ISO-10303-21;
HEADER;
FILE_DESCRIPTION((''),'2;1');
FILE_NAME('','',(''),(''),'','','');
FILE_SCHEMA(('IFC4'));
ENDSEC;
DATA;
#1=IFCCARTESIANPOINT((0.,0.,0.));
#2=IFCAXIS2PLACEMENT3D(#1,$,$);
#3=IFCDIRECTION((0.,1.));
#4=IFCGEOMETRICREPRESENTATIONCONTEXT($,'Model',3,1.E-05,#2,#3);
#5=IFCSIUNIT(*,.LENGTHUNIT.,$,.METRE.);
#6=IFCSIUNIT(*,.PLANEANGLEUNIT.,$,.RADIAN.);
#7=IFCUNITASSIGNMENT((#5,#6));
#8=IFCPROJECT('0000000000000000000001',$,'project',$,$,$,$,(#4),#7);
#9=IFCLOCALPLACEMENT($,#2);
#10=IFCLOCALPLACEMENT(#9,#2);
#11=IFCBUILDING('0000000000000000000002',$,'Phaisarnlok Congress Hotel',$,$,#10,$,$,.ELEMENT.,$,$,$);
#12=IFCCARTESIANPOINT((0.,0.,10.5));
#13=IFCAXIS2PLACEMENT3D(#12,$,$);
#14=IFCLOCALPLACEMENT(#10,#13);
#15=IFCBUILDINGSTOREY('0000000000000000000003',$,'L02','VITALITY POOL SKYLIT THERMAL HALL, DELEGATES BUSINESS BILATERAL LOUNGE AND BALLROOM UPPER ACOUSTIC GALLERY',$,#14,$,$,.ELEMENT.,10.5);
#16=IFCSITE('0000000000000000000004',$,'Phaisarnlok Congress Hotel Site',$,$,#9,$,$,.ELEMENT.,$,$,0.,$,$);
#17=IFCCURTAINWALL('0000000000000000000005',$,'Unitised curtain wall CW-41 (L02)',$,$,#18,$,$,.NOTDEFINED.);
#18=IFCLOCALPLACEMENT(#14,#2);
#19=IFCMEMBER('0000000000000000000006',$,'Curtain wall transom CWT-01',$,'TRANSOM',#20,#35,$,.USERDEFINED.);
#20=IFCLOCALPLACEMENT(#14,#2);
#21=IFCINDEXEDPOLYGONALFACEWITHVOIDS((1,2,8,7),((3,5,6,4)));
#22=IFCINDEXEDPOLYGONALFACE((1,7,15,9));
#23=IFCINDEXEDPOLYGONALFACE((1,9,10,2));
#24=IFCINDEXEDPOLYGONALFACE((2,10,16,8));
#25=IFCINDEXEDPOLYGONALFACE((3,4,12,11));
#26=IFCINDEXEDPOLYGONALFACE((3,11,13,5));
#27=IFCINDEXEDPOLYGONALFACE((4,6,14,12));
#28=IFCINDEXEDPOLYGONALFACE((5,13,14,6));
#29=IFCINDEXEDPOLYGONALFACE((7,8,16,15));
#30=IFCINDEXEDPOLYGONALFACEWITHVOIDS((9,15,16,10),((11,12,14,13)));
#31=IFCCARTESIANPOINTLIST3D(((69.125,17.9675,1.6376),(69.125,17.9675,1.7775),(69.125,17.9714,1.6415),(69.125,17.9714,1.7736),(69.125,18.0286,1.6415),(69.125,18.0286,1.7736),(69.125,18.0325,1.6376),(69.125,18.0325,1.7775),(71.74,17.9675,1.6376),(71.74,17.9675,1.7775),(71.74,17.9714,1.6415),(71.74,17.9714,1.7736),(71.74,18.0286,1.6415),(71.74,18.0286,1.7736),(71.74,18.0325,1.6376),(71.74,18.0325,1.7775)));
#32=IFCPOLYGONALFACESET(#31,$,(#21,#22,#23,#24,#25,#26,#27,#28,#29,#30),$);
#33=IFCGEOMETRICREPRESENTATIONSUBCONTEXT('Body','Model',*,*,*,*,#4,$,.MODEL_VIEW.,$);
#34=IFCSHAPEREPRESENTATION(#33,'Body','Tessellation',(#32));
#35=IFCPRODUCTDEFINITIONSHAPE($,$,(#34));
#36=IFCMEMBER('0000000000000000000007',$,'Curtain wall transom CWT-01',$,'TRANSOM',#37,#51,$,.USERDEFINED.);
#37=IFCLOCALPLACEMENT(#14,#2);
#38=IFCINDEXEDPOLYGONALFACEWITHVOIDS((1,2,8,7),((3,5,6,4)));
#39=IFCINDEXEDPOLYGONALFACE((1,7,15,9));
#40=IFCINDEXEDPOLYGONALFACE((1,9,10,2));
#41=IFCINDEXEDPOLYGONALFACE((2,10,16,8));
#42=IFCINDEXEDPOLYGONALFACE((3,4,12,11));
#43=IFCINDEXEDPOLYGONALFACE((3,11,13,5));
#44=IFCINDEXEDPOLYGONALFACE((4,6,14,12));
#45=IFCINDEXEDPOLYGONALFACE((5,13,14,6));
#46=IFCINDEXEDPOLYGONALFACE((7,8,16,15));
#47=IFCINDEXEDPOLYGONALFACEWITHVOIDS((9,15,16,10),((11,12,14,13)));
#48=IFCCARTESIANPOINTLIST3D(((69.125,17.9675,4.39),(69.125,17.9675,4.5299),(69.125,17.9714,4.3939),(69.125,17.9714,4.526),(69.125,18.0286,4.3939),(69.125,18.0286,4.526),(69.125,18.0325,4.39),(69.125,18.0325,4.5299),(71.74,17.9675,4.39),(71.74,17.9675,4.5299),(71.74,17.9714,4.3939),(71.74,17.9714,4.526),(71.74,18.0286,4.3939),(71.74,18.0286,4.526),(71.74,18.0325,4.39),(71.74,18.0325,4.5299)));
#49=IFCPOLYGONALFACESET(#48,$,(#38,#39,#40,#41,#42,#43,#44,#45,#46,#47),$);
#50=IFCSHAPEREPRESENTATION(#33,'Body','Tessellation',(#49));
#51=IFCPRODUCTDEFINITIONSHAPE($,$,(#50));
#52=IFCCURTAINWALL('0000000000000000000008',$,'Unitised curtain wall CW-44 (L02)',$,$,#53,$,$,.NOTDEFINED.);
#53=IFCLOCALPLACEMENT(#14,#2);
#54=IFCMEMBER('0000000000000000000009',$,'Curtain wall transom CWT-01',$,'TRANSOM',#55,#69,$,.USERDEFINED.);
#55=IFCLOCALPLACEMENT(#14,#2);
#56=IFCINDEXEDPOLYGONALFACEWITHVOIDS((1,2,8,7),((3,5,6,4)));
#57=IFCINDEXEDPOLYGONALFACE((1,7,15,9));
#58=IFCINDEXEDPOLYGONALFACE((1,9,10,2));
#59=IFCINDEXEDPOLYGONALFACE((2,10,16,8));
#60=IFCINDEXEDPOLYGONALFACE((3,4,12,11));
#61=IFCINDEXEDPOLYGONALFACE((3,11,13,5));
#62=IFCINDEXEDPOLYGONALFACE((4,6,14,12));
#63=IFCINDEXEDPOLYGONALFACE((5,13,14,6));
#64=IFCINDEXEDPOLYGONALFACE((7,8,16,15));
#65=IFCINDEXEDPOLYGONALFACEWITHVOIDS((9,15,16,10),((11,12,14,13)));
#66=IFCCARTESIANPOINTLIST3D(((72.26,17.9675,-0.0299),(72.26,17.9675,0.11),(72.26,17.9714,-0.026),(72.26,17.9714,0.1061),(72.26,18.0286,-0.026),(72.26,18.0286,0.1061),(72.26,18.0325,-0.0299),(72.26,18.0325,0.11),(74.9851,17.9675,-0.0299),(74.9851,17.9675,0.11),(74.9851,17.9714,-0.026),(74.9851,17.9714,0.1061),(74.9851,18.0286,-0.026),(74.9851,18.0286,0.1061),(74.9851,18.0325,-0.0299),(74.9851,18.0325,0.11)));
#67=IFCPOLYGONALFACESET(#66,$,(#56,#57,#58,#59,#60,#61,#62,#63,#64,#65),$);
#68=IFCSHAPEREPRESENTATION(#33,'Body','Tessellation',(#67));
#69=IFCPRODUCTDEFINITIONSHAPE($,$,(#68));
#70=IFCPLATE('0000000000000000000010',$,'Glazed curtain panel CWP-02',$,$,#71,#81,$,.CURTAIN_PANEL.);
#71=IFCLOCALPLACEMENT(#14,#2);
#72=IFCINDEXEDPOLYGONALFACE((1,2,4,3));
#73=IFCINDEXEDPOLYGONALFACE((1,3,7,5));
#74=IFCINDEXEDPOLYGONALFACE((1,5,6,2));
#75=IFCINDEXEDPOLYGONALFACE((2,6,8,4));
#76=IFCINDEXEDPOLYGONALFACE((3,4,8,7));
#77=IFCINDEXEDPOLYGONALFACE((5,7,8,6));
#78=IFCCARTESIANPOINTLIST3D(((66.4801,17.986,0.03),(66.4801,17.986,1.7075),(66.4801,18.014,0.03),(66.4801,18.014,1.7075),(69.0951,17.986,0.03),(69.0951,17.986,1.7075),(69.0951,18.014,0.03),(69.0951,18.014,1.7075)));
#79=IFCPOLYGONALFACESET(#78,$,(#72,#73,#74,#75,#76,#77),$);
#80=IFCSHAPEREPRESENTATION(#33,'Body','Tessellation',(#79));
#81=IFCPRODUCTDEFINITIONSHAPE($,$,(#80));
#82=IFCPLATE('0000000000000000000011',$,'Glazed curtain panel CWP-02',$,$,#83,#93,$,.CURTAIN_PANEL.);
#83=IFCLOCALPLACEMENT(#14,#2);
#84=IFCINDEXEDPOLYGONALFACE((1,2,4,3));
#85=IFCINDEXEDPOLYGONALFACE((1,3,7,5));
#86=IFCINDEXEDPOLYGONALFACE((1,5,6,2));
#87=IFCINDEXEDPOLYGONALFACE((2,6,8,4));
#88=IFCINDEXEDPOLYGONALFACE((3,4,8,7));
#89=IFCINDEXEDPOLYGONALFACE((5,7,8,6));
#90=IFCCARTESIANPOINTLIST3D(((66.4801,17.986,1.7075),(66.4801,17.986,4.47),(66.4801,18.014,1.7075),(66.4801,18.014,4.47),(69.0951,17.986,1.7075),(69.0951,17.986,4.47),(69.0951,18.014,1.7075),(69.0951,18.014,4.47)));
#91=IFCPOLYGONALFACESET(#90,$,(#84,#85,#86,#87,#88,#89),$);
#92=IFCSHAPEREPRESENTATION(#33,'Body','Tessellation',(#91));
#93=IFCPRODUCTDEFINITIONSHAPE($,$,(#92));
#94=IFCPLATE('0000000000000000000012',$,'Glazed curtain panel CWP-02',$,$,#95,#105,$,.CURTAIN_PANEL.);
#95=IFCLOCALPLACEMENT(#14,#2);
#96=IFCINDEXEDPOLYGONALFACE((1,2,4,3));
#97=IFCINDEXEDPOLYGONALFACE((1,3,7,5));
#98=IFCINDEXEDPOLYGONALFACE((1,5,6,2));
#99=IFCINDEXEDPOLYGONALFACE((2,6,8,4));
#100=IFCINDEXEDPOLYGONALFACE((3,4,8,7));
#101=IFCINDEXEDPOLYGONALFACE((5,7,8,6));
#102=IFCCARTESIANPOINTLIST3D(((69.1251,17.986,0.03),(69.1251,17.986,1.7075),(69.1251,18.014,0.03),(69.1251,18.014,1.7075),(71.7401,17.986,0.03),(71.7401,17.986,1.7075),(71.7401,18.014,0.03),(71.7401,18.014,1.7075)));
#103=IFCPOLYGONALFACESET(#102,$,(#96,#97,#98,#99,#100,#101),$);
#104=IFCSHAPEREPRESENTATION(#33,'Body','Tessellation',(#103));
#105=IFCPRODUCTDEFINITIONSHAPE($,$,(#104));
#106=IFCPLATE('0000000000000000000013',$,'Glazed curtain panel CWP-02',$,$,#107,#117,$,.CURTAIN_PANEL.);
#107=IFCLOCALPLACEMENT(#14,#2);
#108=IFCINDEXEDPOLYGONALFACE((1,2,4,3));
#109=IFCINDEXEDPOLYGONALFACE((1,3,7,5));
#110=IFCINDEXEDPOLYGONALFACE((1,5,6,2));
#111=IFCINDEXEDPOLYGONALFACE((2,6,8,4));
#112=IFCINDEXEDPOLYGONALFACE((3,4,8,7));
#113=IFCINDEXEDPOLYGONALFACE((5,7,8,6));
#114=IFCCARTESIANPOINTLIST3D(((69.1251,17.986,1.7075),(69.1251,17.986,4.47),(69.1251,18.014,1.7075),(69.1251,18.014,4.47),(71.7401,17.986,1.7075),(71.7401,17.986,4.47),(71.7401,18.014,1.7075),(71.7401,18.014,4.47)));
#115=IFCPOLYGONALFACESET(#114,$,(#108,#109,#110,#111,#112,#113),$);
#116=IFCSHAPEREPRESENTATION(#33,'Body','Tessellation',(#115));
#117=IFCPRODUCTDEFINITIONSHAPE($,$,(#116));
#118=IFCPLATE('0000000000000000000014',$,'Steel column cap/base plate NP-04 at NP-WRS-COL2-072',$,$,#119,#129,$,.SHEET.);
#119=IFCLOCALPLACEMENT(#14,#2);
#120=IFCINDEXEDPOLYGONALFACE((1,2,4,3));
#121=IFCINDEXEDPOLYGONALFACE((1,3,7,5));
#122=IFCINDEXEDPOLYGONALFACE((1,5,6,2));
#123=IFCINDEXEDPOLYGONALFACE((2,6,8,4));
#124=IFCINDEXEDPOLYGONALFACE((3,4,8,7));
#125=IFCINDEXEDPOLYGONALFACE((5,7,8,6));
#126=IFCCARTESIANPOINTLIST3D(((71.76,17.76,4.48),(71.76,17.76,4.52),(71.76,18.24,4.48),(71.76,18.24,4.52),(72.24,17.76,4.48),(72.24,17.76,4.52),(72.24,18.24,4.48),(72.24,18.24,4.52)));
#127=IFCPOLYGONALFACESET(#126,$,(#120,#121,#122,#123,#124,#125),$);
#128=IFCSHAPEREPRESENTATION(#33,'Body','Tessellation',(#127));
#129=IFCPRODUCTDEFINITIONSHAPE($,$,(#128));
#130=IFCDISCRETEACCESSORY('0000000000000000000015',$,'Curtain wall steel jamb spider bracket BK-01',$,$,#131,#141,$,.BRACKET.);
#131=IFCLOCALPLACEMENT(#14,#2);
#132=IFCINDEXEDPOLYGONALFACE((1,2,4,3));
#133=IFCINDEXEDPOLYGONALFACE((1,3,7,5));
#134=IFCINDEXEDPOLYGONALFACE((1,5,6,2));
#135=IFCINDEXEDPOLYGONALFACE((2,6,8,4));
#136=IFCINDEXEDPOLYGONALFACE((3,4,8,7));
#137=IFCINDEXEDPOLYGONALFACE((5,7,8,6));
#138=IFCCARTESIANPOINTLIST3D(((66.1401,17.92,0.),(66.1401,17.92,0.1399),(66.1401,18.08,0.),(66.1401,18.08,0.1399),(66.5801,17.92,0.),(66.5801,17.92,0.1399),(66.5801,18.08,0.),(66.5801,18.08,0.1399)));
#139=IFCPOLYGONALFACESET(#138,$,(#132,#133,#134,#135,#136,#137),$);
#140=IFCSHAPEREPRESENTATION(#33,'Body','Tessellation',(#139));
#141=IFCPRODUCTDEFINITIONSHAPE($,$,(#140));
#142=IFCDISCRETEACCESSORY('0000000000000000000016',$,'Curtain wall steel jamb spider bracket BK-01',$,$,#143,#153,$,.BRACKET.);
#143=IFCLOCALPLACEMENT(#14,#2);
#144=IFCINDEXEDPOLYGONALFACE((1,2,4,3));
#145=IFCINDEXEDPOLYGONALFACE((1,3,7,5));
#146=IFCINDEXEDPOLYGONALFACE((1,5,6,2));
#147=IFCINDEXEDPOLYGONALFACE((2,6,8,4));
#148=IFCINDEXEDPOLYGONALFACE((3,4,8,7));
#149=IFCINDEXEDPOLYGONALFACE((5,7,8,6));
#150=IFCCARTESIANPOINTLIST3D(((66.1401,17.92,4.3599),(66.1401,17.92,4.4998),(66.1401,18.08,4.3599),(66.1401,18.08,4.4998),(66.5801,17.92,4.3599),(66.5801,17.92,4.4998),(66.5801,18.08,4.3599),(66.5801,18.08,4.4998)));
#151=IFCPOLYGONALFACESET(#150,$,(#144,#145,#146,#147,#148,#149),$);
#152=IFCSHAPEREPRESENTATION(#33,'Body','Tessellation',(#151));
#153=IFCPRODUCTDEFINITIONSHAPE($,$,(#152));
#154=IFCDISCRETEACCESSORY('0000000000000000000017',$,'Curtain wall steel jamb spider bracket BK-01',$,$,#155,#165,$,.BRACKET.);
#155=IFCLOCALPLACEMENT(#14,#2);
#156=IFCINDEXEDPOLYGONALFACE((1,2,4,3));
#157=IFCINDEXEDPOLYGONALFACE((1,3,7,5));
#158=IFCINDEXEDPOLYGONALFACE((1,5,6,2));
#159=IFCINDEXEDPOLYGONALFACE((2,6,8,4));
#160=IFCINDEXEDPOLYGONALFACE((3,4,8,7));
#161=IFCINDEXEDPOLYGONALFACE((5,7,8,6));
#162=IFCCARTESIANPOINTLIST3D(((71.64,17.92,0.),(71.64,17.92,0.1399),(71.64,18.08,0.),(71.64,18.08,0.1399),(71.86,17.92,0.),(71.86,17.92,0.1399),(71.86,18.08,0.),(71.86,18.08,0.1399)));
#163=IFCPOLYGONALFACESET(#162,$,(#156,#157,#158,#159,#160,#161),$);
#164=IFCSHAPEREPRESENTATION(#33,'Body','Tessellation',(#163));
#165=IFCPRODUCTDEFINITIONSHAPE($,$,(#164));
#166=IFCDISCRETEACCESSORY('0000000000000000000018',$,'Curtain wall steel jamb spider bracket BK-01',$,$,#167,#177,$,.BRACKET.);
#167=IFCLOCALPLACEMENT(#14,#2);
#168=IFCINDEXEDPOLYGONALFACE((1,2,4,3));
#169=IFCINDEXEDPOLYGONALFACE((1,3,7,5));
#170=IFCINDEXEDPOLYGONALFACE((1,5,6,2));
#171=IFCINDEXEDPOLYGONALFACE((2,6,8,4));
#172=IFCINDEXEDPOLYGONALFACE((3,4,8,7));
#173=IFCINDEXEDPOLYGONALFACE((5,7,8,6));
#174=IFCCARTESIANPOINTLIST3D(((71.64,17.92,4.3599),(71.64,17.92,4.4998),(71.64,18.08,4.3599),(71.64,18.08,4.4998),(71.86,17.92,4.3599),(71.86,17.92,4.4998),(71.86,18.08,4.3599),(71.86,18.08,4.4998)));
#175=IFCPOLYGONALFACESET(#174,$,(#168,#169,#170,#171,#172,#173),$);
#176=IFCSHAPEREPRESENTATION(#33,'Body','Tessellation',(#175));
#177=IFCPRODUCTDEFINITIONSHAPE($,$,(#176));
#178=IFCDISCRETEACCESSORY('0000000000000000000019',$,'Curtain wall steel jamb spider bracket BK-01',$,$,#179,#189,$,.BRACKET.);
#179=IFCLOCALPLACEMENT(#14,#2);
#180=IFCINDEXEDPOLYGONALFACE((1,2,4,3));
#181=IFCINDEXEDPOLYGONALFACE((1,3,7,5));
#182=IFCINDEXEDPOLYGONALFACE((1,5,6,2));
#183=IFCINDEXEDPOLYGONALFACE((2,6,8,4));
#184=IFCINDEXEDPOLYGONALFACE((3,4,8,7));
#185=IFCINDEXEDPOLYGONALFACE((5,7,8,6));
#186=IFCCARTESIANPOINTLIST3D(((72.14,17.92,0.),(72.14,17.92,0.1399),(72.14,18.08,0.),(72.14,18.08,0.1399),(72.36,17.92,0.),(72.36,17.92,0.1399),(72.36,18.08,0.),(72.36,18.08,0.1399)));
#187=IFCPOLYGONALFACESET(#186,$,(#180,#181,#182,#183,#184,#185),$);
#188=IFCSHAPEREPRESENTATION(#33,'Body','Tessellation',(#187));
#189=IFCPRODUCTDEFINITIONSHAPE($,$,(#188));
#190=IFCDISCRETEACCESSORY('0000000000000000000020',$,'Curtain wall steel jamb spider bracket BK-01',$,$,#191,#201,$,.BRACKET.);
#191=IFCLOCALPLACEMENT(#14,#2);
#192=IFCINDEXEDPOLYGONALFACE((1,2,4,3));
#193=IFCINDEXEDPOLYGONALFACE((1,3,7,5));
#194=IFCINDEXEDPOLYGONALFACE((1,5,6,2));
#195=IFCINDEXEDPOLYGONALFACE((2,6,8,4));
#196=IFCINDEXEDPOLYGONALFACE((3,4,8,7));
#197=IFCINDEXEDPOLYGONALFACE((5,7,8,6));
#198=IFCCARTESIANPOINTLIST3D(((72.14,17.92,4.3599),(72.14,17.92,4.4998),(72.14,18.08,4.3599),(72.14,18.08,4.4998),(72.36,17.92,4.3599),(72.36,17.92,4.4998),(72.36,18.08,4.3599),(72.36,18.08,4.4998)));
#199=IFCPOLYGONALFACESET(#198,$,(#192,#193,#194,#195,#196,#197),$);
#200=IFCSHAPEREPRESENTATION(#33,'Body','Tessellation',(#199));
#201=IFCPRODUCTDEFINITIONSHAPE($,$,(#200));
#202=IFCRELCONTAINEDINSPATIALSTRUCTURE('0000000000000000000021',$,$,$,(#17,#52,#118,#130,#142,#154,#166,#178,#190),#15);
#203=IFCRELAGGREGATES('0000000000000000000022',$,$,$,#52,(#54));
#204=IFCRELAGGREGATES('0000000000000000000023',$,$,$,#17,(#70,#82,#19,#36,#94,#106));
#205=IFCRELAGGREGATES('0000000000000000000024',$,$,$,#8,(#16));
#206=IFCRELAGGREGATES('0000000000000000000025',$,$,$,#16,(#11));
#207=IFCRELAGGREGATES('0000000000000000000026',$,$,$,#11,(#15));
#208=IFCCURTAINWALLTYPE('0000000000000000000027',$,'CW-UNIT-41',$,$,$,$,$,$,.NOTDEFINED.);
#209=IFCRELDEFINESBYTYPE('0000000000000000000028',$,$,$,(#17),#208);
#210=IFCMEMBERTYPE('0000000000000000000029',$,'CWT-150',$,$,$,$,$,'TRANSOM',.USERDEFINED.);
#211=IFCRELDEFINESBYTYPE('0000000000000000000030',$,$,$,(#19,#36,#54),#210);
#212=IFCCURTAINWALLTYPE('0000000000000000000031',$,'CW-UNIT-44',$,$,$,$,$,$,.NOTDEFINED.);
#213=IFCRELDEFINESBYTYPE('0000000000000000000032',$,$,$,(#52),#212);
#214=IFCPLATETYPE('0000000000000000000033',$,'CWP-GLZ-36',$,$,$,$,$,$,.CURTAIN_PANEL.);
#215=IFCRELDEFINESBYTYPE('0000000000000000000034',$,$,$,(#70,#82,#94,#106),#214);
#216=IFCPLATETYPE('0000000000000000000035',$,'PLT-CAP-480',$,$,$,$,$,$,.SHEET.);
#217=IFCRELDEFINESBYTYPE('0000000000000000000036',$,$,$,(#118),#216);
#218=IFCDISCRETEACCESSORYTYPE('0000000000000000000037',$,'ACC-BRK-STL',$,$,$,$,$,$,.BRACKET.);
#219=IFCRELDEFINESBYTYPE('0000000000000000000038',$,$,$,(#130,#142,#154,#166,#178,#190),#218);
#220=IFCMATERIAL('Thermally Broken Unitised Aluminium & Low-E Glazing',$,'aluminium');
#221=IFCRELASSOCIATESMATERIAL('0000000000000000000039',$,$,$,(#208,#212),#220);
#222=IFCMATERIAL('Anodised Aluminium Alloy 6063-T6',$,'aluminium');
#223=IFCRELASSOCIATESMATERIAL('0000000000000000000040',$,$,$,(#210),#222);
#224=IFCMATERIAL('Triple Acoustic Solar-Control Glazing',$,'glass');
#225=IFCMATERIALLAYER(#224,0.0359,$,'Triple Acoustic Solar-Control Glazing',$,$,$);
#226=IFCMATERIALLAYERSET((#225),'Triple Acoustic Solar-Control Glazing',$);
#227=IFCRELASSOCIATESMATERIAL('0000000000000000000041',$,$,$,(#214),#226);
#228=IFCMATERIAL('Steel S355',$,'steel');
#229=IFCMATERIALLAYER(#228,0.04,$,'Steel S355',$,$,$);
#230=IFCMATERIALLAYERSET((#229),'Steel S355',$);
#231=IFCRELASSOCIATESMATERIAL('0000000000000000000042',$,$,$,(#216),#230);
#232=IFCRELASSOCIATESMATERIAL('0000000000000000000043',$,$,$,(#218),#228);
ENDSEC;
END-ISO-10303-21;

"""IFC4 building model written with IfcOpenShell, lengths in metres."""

from ifc_helpers import new_model, si_unit, direction, frame, frame_2d, origin, origin_2d, place, context, subcontext, project, spatial, rectangle, hollow_rectangle, extrude, material, layer, layer_set, material_profile, profile_set, type_object, element, aggregate, save


model = new_model("IFC4")

# Units and contexts
model_context = context("Model", 3, precision=1e-05, world=origin(), true_north=direction((0.0, 1.0)))
body_context = subcontext(model_context, "Body", "Model", "MODEL_VIEW")
ifc_project = project(units=[si_unit("LENGTHUNIT", "METRE"), si_unit("PLANEANGLEUNIT", "RADIAN")], contexts=[model_context])

# Site, building, storey
site_placement = place(None, origin())
site = spatial("IfcSite", under=ifc_project, at=site_placement, Name="Phaisarnlok Congress Hotel Site", CompositionType="ELEMENT", RefElevation=0.0)
building_placement = place(site_placement, origin())
building = spatial("IfcBuilding", under=site, at=building_placement, Name="Phaisarnlok Congress Hotel", CompositionType="ELEMENT")
storey_placement = place(building_placement, frame((0.0, 0.0, 10.5)))
storey = spatial("IfcBuildingStorey", under=building, at=storey_placement, Name="L02", Description="VITALITY POOL SKYLIT THERMAL HALL, DELEGATES BUSINESS BILATERAL LOUNGE AND BALLROOM UPPER ACOUSTIC GALLERY", CompositionType="ELEMENT", Elevation=10.5)

# Shared definitions
ifc_material_1 = material(Name="Steel S355", Category="steel")

# Curtain wall, members
ifc_material_2 = material(Name="Thermally Broken Unitised Aluminium & Low-E Glazing", Category="aluminium")
curtain_wall_type_1 = type_object("IfcCurtainWallType", Name="CW-UNIT-41", PredefinedType="NOTDEFINED", material=ifc_material_2)
curtain_wall_1_placement = place(storey_placement, origin())
curtain_wall_1 = element("IfcCurtainWall", 1, at=curtain_wall_1_placement, inside=storey, type_object=curtain_wall_type_1, Name="Unitised curtain wall CW-41 (L02)", PredefinedType="NOTDEFINED")
ifc_material_3 = material(Name="Anodised Aluminium Alloy 6063-T6", Category="aluminium")
ifc_material_profile_1 = material_profile(ifc_material_3, hollow_rectangle(XDim=0.0649, YDim=0.1399, WallThickness=0.0039, at=origin_2d()), Name="ALU-T 65x140x4")
ifc_profile_set_1 = profile_set([ifc_material_profile_1], Name="Anodised Aluminium Alloy 6063-T6")
member_type_1 = type_object("IfcMemberType", Name="CWT-150", ElementType="TRANSOM", PredefinedType="USERDEFINED", material=ifc_profile_set_1)
member_1_placement = place(storey_placement, frame((69.125, 18.0, 1.7075), z_axis=(1.0, 0.0, 0.0), x_axis=(0.0, 1.0, 0.0)))
member_1 = element("IfcMember", 2, at=member_1_placement, type_object=member_type_1, Name="Curtain wall transom CWT-01", ObjectType="TRANSOM", PredefinedType="USERDEFINED", context=body_context, shape_type="SweptSolid", body=[
    extrude(hollow_rectangle(XDim=0.0649, YDim=0.1399, WallThickness=0.0039, at=origin_2d()), origin(), (0.0, 0.0, 1.0), 2.615),
])
member_2_placement = place(storey_placement, frame((69.125, 18.0, 4.46), z_axis=(1.0, 0.0, 0.0), x_axis=(0.0, 1.0, 0.0)))
member_2 = element("IfcMember", 3, at=member_2_placement, type_object=member_type_1, Name="Curtain wall transom CWT-01", ObjectType="TRANSOM", PredefinedType="USERDEFINED", context=body_context, shape_type="SweptSolid", body=[
    extrude(hollow_rectangle(XDim=0.0649, YDim=0.1399, WallThickness=0.0039, at=origin_2d()), origin(), (0.0, 0.0, 1.0), 2.615),
])

# Curtain wall, member
curtain_wall_type_2 = type_object("IfcCurtainWallType", Name="CW-UNIT-44", PredefinedType="NOTDEFINED", material=ifc_material_2)
curtain_wall_2_placement = place(storey_placement, origin())
curtain_wall_2 = element("IfcCurtainWall", 4, at=curtain_wall_2_placement, inside=storey, type_object=curtain_wall_type_2, Name="Unitised curtain wall CW-44 (L02)", PredefinedType="NOTDEFINED")
member_3_placement = place(storey_placement, frame((72.26, 18.0, 0.04), z_axis=(1.0, 0.0, 0.0), x_axis=(0.0, 1.0, 0.0)))
member_3 = element("IfcMember", 5, at=member_3_placement, type_object=member_type_1, Name="Curtain wall transom CWT-01", ObjectType="TRANSOM", PredefinedType="USERDEFINED", context=body_context, shape_type="SweptSolid", body=[
    extrude(hollow_rectangle(XDim=0.0649, YDim=0.1399, WallThickness=0.0039, at=origin_2d()), origin(), (0.0, 0.0, 1.0), 2.7251),
])
aggregate(curtain_wall_2, [member_3])

# Plates
ifc_material_4 = material(Name="Triple Acoustic Solar-Control Glazing", Category="glass")
ifc_layer_1 = layer(ifc_material_4, 0.0359, Name="Triple Acoustic Solar-Control Glazing")
ifc_layer_set_1 = layer_set([ifc_layer_1], Name="Triple Acoustic Solar-Control Glazing")
plate_type_1 = type_object("IfcPlateType", Name="CWP-GLZ-36", PredefinedType="CURTAIN_PANEL", material=ifc_layer_set_1)
plate_1_placement = place(storey_placement, frame((66.48, 18.0, 0.03), z_axis=(0.0, 0.0, 1.0), x_axis=(1.0, 0.0, 0.0)))
plate_1 = element("IfcPlate", 6, at=plate_1_placement, type_object=plate_type_1, Name="Glazed curtain panel CWP-02", PredefinedType="CURTAIN_PANEL", context=body_context, shape_type="SweptSolid", body=[
    extrude(rectangle(XDim=2.615, YDim=0.0281, at=frame_2d((1.3076, 0.0))), origin(), (0.0, 0.0, 1.0), 1.6775),
])
plate_2_placement = place(storey_placement, frame((66.48, 18.0, 1.7075), z_axis=(0.0, 0.0, 1.0), x_axis=(1.0, 0.0, 0.0)))
plate_2 = element("IfcPlate", 7, at=plate_2_placement, type_object=plate_type_1, Name="Glazed curtain panel CWP-02", PredefinedType="CURTAIN_PANEL", context=body_context, shape_type="SweptSolid", body=[
    extrude(rectangle(XDim=2.615, YDim=0.0281, at=frame_2d((1.3076, 0.0))), origin(), (0.0, 0.0, 1.0), 2.7625),
])
plate_3_placement = place(storey_placement, frame((69.125, 18.0, 0.03), z_axis=(0.0, 0.0, 1.0), x_axis=(1.0, 0.0, 0.0)))
plate_3 = element("IfcPlate", 8, at=plate_3_placement, type_object=plate_type_1, Name="Glazed curtain panel CWP-02", PredefinedType="CURTAIN_PANEL", context=body_context, shape_type="SweptSolid", body=[
    extrude(rectangle(XDim=2.615, YDim=0.0281, at=frame_2d((1.3076, 0.0))), origin(), (0.0, 0.0, 1.0), 1.6775),
])
plate_4_placement = place(storey_placement, frame((69.125, 18.0, 1.7075), z_axis=(0.0, 0.0, 1.0), x_axis=(1.0, 0.0, 0.0)))
plate_4 = element("IfcPlate", 9, at=plate_4_placement, type_object=plate_type_1, Name="Glazed curtain panel CWP-02", PredefinedType="CURTAIN_PANEL", context=body_context, shape_type="SweptSolid", body=[
    extrude(rectangle(XDim=2.615, YDim=0.0281, at=frame_2d((1.3076, 0.0))), origin(), (0.0, 0.0, 1.0), 2.7625),
])
aggregate(curtain_wall_1, [plate_1, plate_2, member_1, member_2, plate_3, plate_4])
ifc_layer_2 = layer(ifc_material_1, 0.04, Name="Steel S355")
ifc_layer_set_2 = layer_set([ifc_layer_2], Name="Steel S355")
plate_type_2 = type_object("IfcPlateType", Name="PLT-CAP-480", PredefinedType="SHEET", material=ifc_layer_set_2)
plate_5_placement = place(storey_placement, frame((72.0, 18.0, 4.48), z_axis=(0.0, 0.0, 1.0), x_axis=(1.0, 0.0, 0.0)))
element("IfcPlate", 10, at=plate_5_placement, inside=storey, type_object=plate_type_2, Name="Steel column cap/base plate NP-04 at NP-WRS-COL2-072", PredefinedType="SHEET", context=body_context, shape_type="SweptSolid", body=[
    extrude(rectangle(XDim=0.48, YDim=0.48, at=origin_2d()), origin(), (0.0, 0.0, 1.0), 0.04),
])

# Discrete accessories
discrete_accessory_type = type_object("IfcDiscreteAccessoryType", Name="ACC-BRK-STL", PredefinedType="BRACKET", material=ifc_material_1)
for number, where, z_axis, x_axis, name in (
    (11, (66.3601, 18.0, 0.0), (0.0, 0.0, 1.0), (1.0, 0.0, 0.0), "Curtain wall steel jamb spider bracket BK-01"),
    (12, (66.3601, 18.0, 4.3599), (0.0, 0.0, 1.0), (1.0, 0.0, 0.0), "Curtain wall steel jamb spider bracket BK-01"),
):
    element("IfcDiscreteAccessory", number, at=place(storey_placement, frame(where, z_axis=z_axis, x_axis=x_axis)), inside=storey, type_object=discrete_accessory_type, Name=name, PredefinedType="BRACKET", context=body_context, shape_type="SweptSolid", body=[
        extrude(rectangle(XDim=0.4399, YDim=0.1599, at=origin_2d()), origin(), (0.0, 0.0, 1.0), 0.1399),
    ])
for number, where, z_axis, x_axis, name in (
    (13, (71.75, 18.0, 0.0), (0.0, 0.0, 1.0), (1.0, 0.0, 0.0), "Curtain wall steel jamb spider bracket BK-01"),
    (14, (71.75, 18.0, 4.3599), (0.0, 0.0, 1.0), (1.0, 0.0, 0.0), "Curtain wall steel jamb spider bracket BK-01"),
    (15, (72.25, 18.0, 0.0), (0.0, 0.0, 1.0), (1.0, 0.0, 0.0), "Curtain wall steel jamb spider bracket BK-01"),
    (16, (72.25, 18.0, 4.3599), (0.0, 0.0, 1.0), (1.0, 0.0, 0.0), "Curtain wall steel jamb spider bracket BK-01"),
):
    element("IfcDiscreteAccessory", number, at=place(storey_placement, frame(where, z_axis=z_axis, x_axis=x_axis)), inside=storey, type_object=discrete_accessory_type, Name=name, PredefinedType="BRACKET", context=body_context, shape_type="SweptSolid", body=[
        extrude(rectangle(XDim=0.22, YDim=0.1599, at=origin_2d()), origin(), (0.0, 0.0, 1.0), 0.1399),
    ])

save(model, "model.ifc")
